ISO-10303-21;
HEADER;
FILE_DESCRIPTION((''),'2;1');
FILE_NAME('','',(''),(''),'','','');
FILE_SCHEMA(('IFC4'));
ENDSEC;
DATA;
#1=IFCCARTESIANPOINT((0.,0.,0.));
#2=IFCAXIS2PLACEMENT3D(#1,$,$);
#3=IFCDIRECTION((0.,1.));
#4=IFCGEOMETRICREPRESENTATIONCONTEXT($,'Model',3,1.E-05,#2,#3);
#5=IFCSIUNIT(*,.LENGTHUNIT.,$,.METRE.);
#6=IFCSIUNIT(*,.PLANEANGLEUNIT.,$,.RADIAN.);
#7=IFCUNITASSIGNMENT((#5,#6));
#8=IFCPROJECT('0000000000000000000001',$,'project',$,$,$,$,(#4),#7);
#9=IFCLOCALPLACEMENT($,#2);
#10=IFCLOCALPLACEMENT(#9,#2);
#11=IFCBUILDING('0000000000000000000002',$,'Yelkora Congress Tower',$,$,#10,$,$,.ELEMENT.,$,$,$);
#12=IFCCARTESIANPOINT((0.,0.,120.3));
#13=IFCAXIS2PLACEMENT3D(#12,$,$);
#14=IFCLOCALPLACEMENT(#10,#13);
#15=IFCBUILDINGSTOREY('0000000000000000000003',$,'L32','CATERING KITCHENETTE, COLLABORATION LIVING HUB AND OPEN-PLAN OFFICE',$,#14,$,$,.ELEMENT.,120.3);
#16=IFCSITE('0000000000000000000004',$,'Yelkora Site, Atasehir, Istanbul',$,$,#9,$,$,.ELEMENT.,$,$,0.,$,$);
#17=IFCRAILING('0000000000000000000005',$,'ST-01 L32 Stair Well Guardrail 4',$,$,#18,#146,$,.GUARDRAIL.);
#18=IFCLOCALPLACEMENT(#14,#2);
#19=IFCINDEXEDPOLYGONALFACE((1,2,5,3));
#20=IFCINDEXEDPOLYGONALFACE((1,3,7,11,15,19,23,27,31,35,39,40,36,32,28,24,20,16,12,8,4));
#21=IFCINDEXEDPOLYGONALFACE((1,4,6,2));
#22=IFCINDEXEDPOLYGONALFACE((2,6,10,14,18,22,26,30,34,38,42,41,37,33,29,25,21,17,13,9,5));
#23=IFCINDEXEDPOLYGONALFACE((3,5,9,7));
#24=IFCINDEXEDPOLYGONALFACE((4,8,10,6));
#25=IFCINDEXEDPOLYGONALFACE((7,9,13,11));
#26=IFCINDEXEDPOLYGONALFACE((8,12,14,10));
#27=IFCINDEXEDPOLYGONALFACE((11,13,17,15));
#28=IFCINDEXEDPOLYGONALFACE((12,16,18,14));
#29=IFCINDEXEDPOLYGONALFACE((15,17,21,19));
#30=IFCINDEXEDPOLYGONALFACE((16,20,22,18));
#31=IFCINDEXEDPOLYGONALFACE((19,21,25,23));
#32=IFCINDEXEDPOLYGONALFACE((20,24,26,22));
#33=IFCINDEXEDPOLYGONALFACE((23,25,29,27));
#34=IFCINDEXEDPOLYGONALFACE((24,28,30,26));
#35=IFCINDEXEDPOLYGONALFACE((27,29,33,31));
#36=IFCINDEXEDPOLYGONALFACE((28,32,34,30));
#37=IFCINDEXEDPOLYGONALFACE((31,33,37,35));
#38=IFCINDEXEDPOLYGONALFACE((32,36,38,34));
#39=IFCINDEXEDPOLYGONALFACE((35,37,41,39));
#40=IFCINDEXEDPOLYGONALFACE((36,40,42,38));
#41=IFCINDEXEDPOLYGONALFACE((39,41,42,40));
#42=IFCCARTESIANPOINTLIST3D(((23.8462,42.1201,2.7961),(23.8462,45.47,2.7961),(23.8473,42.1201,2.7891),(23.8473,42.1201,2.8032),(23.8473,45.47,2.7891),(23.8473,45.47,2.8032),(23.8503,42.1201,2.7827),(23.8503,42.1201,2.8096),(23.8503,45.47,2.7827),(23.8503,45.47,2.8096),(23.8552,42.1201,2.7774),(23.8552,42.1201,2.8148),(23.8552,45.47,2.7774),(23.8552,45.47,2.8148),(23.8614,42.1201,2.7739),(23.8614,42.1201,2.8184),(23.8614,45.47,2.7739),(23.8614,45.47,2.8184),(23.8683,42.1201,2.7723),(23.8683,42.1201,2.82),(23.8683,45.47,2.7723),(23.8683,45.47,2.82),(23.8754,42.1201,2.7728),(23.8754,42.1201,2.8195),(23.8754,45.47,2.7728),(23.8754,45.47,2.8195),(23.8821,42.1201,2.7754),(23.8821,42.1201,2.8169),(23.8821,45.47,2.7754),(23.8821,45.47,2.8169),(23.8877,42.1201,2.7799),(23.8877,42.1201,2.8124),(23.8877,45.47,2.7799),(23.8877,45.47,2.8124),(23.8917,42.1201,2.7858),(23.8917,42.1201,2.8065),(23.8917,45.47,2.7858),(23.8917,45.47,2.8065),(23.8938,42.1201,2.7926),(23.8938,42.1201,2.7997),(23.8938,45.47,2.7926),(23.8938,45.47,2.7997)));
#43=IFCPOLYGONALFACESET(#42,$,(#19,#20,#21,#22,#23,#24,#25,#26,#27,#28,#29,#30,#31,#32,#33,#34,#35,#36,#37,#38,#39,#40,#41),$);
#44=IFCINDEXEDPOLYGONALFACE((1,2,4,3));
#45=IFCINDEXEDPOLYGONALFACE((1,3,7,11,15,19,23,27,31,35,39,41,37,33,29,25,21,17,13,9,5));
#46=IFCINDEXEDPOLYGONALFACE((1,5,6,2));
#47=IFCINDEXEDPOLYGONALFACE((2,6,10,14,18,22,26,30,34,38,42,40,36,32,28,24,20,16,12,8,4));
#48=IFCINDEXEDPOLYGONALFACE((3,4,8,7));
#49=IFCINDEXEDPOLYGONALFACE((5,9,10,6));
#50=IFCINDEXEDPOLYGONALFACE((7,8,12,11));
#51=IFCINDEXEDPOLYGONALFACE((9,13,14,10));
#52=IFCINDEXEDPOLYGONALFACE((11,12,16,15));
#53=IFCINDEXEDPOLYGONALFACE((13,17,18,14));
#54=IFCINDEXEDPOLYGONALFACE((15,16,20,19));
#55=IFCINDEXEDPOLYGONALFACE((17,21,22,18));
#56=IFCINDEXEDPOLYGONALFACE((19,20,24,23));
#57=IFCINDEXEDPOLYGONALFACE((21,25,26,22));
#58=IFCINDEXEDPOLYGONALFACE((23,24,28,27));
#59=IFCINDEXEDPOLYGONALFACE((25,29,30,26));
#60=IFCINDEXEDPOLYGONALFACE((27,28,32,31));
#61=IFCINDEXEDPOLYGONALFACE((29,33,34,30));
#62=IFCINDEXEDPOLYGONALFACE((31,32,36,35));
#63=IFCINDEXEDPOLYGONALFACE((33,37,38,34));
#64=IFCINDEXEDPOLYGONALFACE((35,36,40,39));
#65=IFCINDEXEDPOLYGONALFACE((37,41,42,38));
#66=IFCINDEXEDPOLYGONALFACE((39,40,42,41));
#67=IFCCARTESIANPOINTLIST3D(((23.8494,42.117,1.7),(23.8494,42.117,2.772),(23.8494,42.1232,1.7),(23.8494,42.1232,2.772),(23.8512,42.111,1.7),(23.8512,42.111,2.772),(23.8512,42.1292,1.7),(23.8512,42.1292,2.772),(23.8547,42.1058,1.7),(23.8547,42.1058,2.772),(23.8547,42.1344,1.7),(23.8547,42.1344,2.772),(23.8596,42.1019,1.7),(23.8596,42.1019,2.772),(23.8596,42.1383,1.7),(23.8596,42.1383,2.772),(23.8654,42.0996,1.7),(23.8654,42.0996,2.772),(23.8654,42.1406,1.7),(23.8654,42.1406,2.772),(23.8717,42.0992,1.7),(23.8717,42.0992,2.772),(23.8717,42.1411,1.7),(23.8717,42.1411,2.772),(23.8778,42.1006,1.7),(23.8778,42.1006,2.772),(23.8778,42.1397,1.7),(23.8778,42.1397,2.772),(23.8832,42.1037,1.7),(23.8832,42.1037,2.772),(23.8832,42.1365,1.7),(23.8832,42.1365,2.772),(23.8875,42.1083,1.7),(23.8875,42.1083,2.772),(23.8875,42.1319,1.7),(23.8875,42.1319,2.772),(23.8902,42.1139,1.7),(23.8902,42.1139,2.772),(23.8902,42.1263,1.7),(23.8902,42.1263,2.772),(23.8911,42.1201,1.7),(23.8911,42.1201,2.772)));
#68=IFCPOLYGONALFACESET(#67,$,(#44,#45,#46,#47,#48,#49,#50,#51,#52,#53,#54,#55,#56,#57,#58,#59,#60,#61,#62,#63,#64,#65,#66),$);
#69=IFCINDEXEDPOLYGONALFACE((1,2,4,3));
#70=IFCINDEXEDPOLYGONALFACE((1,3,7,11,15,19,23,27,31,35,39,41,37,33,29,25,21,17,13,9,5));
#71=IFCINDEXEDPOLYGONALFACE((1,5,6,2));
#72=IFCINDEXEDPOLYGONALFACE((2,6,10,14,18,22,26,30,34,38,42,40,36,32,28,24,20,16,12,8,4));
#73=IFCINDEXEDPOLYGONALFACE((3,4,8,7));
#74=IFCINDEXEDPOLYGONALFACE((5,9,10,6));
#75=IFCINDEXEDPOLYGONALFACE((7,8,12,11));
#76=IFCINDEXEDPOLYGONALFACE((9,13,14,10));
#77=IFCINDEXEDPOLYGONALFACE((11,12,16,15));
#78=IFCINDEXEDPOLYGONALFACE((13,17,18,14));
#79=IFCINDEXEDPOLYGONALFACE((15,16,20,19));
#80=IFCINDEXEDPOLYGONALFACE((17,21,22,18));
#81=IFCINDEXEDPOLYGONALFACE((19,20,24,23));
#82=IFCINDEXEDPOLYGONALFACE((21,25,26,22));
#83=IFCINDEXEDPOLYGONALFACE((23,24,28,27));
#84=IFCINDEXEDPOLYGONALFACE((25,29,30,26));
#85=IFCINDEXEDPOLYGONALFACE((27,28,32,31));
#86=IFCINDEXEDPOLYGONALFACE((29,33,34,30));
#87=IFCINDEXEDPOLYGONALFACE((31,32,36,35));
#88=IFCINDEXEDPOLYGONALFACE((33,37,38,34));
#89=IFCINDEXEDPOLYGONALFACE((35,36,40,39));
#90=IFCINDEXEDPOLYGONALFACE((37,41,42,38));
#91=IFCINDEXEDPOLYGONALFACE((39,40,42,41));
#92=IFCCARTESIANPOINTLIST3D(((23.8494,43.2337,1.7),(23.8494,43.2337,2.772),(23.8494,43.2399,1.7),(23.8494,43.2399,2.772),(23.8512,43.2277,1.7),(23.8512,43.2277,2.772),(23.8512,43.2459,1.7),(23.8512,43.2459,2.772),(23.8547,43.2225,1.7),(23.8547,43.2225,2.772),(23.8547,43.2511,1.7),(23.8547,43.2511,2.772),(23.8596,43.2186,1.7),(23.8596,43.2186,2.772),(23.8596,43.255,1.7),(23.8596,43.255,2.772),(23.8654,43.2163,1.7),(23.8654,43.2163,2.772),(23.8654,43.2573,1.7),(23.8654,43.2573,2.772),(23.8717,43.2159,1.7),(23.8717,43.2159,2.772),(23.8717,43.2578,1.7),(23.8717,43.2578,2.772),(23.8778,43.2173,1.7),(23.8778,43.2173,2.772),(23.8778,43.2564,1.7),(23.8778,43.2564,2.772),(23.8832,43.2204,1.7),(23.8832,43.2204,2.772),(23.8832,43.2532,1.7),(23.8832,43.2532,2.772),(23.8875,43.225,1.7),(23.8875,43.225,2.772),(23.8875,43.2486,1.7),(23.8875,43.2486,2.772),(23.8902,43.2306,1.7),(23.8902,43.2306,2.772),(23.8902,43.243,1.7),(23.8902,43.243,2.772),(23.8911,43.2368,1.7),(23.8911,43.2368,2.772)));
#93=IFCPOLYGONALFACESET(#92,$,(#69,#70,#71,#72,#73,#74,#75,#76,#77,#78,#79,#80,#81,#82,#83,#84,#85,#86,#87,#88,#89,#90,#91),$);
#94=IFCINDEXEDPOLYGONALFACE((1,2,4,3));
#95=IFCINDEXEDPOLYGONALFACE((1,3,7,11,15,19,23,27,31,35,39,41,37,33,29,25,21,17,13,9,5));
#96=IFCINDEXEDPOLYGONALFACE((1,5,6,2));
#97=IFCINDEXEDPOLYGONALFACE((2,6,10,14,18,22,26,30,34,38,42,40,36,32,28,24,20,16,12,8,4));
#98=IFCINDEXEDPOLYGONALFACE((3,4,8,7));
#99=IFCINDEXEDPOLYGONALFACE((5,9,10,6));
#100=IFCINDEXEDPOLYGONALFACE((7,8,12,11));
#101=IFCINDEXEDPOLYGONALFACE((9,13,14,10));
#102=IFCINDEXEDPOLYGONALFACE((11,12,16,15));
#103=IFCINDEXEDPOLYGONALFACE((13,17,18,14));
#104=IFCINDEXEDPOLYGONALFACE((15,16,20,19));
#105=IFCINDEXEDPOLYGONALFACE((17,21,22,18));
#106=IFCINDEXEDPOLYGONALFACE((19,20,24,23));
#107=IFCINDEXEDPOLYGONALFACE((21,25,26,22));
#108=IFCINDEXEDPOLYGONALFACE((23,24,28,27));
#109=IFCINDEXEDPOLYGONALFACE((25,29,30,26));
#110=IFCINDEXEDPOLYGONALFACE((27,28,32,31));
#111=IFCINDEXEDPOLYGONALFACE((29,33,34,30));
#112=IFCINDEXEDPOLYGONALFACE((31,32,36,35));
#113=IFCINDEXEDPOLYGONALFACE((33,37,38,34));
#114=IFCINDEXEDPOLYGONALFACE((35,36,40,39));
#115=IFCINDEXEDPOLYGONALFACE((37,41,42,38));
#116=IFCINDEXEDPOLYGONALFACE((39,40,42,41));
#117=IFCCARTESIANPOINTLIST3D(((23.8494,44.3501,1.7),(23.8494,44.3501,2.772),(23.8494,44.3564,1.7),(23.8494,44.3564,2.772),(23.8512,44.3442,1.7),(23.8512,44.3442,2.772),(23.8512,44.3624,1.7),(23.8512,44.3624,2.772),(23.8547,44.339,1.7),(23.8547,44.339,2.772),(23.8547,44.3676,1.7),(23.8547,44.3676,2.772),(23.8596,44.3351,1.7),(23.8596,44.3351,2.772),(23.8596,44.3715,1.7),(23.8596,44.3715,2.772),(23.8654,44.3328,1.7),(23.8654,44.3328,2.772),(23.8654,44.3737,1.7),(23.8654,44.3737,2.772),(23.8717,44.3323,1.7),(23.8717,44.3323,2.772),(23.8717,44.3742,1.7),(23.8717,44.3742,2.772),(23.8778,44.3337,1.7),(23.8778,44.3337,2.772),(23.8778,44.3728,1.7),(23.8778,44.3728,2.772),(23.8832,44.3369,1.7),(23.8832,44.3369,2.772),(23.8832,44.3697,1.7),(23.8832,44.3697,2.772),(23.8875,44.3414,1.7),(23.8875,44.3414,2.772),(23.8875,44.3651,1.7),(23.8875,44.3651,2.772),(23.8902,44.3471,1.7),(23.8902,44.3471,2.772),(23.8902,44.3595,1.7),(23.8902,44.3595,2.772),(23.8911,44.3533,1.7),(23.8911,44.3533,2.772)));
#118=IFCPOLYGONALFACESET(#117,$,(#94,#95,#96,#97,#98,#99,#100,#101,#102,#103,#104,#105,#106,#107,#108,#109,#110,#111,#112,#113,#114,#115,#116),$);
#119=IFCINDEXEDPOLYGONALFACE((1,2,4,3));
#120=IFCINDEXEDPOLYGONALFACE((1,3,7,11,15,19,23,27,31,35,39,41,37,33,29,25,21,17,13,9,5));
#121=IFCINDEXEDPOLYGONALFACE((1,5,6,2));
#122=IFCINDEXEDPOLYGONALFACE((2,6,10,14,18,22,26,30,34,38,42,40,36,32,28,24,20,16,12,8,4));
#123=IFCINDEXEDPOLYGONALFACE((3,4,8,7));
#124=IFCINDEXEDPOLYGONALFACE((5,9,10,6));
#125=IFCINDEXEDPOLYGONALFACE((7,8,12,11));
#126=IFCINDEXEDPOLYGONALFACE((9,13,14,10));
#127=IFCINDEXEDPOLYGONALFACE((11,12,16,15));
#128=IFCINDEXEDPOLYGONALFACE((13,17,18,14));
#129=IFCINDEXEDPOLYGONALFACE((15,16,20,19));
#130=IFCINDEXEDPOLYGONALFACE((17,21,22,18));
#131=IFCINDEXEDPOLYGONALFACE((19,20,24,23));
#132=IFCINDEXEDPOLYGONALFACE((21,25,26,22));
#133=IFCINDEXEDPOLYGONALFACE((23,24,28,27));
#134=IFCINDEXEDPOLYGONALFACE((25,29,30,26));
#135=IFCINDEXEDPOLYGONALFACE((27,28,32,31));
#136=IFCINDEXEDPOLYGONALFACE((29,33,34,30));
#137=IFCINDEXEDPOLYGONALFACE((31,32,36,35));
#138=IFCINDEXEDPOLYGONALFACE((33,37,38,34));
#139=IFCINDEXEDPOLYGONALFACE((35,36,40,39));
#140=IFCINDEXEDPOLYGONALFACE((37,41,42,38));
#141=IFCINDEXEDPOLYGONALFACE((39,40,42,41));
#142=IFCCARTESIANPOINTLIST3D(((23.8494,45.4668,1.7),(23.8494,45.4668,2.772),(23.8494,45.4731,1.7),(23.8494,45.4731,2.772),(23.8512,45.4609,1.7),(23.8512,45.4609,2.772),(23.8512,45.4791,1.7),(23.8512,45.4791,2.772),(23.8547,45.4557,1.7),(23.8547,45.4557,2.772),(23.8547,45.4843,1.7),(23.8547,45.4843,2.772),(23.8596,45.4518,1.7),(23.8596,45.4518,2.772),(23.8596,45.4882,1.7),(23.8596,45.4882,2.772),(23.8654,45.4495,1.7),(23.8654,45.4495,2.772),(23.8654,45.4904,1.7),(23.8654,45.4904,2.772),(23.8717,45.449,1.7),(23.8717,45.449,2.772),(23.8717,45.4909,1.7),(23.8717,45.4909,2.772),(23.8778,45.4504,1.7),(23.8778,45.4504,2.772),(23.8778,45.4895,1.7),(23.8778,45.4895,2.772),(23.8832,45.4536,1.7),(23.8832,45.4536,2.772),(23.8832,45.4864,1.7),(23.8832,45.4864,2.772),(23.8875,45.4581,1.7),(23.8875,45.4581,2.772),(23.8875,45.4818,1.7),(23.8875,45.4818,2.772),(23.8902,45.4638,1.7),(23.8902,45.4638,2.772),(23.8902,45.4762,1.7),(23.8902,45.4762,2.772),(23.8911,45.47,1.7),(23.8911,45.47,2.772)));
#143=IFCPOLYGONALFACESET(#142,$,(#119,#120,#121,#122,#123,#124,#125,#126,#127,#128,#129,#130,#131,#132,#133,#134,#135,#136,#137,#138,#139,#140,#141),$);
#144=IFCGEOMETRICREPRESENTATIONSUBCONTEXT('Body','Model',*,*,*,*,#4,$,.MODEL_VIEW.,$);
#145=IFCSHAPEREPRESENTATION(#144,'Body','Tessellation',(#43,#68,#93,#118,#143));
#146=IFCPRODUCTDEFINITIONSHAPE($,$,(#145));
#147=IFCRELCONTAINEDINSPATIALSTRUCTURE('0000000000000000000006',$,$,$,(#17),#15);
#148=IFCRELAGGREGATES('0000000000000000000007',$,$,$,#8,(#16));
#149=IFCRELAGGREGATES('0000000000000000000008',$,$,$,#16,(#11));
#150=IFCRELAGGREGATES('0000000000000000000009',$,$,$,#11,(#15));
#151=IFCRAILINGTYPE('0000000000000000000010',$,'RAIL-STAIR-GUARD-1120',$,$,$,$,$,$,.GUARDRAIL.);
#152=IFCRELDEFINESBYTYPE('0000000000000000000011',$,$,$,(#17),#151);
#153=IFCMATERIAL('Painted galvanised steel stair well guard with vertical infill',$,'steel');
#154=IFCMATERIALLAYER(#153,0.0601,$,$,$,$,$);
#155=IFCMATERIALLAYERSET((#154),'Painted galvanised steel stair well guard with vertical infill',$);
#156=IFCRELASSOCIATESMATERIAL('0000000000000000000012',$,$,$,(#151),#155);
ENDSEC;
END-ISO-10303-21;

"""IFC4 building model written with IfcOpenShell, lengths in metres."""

from ifc_helpers import new_model, si_unit, direction, frame, origin, origin_2d, place, context, subcontext, project, spatial, circle, extrude, material, layer, layer_set, type_object, element, save


model = new_model("IFC4")

# Units and contexts
model_context = context("Model", 3, precision=1e-05, world=origin(), true_north=direction((0.0, 1.0)))
body_context = subcontext(model_context, "Body", "Model", "MODEL_VIEW")
ifc_project = project(units=[si_unit("LENGTHUNIT", "METRE"), si_unit("PLANEANGLEUNIT", "RADIAN")], contexts=[model_context])

# Site, building, storey
site_placement = place(None, origin())
site = spatial("IfcSite", under=ifc_project, at=site_placement, Name="Yelkora Site, Atasehir, Istanbul", CompositionType="ELEMENT", RefElevation=0.0)
building_placement = place(site_placement, origin())
building = spatial("IfcBuilding", under=site, at=building_placement, Name="Yelkora Congress Tower", CompositionType="ELEMENT")
storey_placement = place(building_placement, frame((0.0, 0.0, 120.3)))
storey = spatial("IfcBuildingStorey", under=building, at=storey_placement, Name="L32", Description="CATERING KITCHENETTE, COLLABORATION LIVING HUB AND OPEN-PLAN OFFICE", CompositionType="ELEMENT", Elevation=120.3)

# Railing
ifc_material_1 = material(Name="Painted galvanised steel stair well guard with vertical infill", Category="steel")
ifc_layer_1 = layer(ifc_material_1, 0.0601)
ifc_layer_set_1 = layer_set([ifc_layer_1], Name="Painted galvanised steel stair well guard with vertical infill")
railing_type_1 = type_object("IfcRailingType", Name="RAIL-STAIR-GUARD-1120", PredefinedType="GUARDRAIL", material=ifc_layer_set_1)
railing_1_placement = place(storey_placement, frame((23.8701, 42.1201, 1.7)))
element("IfcRailing", 1, at=railing_1_placement, inside=storey, type_object=railing_type_1, Name="ST-01 L32 Stair Well Guardrail 4", PredefinedType="GUARDRAIL", context=body_context, shape_type="SweptSolid", body=[
    extrude(circle(Radius=0.0239, at=origin_2d()), frame((0.0, 0.0, 1.0962), z_axis=(0.0, 1.0, 0.0), x_axis=(-1.0, 0.0, 0.0)), (0.0, 0.0, 1.0), 3.3499),
    extrude(circle(Radius=0.021, at=origin_2d()), origin(), (0.0, 0.0, 1.0), 1.072),
    extrude(circle(Radius=0.021, at=origin_2d()), frame((0.0, 1.1167, 0.0)), (0.0, 0.0, 1.0), 1.072),
    extrude(circle(Radius=0.021, at=origin_2d()), frame((0.0, 2.2332, 0.0)), (0.0, 0.0, 1.0), 1.072),
    extrude(circle(Radius=0.021, at=origin_2d()), frame((0.0, 3.3499, 0.0)), (0.0, 0.0, 1.0), 1.072),
])

save(model, "model.ifc")
